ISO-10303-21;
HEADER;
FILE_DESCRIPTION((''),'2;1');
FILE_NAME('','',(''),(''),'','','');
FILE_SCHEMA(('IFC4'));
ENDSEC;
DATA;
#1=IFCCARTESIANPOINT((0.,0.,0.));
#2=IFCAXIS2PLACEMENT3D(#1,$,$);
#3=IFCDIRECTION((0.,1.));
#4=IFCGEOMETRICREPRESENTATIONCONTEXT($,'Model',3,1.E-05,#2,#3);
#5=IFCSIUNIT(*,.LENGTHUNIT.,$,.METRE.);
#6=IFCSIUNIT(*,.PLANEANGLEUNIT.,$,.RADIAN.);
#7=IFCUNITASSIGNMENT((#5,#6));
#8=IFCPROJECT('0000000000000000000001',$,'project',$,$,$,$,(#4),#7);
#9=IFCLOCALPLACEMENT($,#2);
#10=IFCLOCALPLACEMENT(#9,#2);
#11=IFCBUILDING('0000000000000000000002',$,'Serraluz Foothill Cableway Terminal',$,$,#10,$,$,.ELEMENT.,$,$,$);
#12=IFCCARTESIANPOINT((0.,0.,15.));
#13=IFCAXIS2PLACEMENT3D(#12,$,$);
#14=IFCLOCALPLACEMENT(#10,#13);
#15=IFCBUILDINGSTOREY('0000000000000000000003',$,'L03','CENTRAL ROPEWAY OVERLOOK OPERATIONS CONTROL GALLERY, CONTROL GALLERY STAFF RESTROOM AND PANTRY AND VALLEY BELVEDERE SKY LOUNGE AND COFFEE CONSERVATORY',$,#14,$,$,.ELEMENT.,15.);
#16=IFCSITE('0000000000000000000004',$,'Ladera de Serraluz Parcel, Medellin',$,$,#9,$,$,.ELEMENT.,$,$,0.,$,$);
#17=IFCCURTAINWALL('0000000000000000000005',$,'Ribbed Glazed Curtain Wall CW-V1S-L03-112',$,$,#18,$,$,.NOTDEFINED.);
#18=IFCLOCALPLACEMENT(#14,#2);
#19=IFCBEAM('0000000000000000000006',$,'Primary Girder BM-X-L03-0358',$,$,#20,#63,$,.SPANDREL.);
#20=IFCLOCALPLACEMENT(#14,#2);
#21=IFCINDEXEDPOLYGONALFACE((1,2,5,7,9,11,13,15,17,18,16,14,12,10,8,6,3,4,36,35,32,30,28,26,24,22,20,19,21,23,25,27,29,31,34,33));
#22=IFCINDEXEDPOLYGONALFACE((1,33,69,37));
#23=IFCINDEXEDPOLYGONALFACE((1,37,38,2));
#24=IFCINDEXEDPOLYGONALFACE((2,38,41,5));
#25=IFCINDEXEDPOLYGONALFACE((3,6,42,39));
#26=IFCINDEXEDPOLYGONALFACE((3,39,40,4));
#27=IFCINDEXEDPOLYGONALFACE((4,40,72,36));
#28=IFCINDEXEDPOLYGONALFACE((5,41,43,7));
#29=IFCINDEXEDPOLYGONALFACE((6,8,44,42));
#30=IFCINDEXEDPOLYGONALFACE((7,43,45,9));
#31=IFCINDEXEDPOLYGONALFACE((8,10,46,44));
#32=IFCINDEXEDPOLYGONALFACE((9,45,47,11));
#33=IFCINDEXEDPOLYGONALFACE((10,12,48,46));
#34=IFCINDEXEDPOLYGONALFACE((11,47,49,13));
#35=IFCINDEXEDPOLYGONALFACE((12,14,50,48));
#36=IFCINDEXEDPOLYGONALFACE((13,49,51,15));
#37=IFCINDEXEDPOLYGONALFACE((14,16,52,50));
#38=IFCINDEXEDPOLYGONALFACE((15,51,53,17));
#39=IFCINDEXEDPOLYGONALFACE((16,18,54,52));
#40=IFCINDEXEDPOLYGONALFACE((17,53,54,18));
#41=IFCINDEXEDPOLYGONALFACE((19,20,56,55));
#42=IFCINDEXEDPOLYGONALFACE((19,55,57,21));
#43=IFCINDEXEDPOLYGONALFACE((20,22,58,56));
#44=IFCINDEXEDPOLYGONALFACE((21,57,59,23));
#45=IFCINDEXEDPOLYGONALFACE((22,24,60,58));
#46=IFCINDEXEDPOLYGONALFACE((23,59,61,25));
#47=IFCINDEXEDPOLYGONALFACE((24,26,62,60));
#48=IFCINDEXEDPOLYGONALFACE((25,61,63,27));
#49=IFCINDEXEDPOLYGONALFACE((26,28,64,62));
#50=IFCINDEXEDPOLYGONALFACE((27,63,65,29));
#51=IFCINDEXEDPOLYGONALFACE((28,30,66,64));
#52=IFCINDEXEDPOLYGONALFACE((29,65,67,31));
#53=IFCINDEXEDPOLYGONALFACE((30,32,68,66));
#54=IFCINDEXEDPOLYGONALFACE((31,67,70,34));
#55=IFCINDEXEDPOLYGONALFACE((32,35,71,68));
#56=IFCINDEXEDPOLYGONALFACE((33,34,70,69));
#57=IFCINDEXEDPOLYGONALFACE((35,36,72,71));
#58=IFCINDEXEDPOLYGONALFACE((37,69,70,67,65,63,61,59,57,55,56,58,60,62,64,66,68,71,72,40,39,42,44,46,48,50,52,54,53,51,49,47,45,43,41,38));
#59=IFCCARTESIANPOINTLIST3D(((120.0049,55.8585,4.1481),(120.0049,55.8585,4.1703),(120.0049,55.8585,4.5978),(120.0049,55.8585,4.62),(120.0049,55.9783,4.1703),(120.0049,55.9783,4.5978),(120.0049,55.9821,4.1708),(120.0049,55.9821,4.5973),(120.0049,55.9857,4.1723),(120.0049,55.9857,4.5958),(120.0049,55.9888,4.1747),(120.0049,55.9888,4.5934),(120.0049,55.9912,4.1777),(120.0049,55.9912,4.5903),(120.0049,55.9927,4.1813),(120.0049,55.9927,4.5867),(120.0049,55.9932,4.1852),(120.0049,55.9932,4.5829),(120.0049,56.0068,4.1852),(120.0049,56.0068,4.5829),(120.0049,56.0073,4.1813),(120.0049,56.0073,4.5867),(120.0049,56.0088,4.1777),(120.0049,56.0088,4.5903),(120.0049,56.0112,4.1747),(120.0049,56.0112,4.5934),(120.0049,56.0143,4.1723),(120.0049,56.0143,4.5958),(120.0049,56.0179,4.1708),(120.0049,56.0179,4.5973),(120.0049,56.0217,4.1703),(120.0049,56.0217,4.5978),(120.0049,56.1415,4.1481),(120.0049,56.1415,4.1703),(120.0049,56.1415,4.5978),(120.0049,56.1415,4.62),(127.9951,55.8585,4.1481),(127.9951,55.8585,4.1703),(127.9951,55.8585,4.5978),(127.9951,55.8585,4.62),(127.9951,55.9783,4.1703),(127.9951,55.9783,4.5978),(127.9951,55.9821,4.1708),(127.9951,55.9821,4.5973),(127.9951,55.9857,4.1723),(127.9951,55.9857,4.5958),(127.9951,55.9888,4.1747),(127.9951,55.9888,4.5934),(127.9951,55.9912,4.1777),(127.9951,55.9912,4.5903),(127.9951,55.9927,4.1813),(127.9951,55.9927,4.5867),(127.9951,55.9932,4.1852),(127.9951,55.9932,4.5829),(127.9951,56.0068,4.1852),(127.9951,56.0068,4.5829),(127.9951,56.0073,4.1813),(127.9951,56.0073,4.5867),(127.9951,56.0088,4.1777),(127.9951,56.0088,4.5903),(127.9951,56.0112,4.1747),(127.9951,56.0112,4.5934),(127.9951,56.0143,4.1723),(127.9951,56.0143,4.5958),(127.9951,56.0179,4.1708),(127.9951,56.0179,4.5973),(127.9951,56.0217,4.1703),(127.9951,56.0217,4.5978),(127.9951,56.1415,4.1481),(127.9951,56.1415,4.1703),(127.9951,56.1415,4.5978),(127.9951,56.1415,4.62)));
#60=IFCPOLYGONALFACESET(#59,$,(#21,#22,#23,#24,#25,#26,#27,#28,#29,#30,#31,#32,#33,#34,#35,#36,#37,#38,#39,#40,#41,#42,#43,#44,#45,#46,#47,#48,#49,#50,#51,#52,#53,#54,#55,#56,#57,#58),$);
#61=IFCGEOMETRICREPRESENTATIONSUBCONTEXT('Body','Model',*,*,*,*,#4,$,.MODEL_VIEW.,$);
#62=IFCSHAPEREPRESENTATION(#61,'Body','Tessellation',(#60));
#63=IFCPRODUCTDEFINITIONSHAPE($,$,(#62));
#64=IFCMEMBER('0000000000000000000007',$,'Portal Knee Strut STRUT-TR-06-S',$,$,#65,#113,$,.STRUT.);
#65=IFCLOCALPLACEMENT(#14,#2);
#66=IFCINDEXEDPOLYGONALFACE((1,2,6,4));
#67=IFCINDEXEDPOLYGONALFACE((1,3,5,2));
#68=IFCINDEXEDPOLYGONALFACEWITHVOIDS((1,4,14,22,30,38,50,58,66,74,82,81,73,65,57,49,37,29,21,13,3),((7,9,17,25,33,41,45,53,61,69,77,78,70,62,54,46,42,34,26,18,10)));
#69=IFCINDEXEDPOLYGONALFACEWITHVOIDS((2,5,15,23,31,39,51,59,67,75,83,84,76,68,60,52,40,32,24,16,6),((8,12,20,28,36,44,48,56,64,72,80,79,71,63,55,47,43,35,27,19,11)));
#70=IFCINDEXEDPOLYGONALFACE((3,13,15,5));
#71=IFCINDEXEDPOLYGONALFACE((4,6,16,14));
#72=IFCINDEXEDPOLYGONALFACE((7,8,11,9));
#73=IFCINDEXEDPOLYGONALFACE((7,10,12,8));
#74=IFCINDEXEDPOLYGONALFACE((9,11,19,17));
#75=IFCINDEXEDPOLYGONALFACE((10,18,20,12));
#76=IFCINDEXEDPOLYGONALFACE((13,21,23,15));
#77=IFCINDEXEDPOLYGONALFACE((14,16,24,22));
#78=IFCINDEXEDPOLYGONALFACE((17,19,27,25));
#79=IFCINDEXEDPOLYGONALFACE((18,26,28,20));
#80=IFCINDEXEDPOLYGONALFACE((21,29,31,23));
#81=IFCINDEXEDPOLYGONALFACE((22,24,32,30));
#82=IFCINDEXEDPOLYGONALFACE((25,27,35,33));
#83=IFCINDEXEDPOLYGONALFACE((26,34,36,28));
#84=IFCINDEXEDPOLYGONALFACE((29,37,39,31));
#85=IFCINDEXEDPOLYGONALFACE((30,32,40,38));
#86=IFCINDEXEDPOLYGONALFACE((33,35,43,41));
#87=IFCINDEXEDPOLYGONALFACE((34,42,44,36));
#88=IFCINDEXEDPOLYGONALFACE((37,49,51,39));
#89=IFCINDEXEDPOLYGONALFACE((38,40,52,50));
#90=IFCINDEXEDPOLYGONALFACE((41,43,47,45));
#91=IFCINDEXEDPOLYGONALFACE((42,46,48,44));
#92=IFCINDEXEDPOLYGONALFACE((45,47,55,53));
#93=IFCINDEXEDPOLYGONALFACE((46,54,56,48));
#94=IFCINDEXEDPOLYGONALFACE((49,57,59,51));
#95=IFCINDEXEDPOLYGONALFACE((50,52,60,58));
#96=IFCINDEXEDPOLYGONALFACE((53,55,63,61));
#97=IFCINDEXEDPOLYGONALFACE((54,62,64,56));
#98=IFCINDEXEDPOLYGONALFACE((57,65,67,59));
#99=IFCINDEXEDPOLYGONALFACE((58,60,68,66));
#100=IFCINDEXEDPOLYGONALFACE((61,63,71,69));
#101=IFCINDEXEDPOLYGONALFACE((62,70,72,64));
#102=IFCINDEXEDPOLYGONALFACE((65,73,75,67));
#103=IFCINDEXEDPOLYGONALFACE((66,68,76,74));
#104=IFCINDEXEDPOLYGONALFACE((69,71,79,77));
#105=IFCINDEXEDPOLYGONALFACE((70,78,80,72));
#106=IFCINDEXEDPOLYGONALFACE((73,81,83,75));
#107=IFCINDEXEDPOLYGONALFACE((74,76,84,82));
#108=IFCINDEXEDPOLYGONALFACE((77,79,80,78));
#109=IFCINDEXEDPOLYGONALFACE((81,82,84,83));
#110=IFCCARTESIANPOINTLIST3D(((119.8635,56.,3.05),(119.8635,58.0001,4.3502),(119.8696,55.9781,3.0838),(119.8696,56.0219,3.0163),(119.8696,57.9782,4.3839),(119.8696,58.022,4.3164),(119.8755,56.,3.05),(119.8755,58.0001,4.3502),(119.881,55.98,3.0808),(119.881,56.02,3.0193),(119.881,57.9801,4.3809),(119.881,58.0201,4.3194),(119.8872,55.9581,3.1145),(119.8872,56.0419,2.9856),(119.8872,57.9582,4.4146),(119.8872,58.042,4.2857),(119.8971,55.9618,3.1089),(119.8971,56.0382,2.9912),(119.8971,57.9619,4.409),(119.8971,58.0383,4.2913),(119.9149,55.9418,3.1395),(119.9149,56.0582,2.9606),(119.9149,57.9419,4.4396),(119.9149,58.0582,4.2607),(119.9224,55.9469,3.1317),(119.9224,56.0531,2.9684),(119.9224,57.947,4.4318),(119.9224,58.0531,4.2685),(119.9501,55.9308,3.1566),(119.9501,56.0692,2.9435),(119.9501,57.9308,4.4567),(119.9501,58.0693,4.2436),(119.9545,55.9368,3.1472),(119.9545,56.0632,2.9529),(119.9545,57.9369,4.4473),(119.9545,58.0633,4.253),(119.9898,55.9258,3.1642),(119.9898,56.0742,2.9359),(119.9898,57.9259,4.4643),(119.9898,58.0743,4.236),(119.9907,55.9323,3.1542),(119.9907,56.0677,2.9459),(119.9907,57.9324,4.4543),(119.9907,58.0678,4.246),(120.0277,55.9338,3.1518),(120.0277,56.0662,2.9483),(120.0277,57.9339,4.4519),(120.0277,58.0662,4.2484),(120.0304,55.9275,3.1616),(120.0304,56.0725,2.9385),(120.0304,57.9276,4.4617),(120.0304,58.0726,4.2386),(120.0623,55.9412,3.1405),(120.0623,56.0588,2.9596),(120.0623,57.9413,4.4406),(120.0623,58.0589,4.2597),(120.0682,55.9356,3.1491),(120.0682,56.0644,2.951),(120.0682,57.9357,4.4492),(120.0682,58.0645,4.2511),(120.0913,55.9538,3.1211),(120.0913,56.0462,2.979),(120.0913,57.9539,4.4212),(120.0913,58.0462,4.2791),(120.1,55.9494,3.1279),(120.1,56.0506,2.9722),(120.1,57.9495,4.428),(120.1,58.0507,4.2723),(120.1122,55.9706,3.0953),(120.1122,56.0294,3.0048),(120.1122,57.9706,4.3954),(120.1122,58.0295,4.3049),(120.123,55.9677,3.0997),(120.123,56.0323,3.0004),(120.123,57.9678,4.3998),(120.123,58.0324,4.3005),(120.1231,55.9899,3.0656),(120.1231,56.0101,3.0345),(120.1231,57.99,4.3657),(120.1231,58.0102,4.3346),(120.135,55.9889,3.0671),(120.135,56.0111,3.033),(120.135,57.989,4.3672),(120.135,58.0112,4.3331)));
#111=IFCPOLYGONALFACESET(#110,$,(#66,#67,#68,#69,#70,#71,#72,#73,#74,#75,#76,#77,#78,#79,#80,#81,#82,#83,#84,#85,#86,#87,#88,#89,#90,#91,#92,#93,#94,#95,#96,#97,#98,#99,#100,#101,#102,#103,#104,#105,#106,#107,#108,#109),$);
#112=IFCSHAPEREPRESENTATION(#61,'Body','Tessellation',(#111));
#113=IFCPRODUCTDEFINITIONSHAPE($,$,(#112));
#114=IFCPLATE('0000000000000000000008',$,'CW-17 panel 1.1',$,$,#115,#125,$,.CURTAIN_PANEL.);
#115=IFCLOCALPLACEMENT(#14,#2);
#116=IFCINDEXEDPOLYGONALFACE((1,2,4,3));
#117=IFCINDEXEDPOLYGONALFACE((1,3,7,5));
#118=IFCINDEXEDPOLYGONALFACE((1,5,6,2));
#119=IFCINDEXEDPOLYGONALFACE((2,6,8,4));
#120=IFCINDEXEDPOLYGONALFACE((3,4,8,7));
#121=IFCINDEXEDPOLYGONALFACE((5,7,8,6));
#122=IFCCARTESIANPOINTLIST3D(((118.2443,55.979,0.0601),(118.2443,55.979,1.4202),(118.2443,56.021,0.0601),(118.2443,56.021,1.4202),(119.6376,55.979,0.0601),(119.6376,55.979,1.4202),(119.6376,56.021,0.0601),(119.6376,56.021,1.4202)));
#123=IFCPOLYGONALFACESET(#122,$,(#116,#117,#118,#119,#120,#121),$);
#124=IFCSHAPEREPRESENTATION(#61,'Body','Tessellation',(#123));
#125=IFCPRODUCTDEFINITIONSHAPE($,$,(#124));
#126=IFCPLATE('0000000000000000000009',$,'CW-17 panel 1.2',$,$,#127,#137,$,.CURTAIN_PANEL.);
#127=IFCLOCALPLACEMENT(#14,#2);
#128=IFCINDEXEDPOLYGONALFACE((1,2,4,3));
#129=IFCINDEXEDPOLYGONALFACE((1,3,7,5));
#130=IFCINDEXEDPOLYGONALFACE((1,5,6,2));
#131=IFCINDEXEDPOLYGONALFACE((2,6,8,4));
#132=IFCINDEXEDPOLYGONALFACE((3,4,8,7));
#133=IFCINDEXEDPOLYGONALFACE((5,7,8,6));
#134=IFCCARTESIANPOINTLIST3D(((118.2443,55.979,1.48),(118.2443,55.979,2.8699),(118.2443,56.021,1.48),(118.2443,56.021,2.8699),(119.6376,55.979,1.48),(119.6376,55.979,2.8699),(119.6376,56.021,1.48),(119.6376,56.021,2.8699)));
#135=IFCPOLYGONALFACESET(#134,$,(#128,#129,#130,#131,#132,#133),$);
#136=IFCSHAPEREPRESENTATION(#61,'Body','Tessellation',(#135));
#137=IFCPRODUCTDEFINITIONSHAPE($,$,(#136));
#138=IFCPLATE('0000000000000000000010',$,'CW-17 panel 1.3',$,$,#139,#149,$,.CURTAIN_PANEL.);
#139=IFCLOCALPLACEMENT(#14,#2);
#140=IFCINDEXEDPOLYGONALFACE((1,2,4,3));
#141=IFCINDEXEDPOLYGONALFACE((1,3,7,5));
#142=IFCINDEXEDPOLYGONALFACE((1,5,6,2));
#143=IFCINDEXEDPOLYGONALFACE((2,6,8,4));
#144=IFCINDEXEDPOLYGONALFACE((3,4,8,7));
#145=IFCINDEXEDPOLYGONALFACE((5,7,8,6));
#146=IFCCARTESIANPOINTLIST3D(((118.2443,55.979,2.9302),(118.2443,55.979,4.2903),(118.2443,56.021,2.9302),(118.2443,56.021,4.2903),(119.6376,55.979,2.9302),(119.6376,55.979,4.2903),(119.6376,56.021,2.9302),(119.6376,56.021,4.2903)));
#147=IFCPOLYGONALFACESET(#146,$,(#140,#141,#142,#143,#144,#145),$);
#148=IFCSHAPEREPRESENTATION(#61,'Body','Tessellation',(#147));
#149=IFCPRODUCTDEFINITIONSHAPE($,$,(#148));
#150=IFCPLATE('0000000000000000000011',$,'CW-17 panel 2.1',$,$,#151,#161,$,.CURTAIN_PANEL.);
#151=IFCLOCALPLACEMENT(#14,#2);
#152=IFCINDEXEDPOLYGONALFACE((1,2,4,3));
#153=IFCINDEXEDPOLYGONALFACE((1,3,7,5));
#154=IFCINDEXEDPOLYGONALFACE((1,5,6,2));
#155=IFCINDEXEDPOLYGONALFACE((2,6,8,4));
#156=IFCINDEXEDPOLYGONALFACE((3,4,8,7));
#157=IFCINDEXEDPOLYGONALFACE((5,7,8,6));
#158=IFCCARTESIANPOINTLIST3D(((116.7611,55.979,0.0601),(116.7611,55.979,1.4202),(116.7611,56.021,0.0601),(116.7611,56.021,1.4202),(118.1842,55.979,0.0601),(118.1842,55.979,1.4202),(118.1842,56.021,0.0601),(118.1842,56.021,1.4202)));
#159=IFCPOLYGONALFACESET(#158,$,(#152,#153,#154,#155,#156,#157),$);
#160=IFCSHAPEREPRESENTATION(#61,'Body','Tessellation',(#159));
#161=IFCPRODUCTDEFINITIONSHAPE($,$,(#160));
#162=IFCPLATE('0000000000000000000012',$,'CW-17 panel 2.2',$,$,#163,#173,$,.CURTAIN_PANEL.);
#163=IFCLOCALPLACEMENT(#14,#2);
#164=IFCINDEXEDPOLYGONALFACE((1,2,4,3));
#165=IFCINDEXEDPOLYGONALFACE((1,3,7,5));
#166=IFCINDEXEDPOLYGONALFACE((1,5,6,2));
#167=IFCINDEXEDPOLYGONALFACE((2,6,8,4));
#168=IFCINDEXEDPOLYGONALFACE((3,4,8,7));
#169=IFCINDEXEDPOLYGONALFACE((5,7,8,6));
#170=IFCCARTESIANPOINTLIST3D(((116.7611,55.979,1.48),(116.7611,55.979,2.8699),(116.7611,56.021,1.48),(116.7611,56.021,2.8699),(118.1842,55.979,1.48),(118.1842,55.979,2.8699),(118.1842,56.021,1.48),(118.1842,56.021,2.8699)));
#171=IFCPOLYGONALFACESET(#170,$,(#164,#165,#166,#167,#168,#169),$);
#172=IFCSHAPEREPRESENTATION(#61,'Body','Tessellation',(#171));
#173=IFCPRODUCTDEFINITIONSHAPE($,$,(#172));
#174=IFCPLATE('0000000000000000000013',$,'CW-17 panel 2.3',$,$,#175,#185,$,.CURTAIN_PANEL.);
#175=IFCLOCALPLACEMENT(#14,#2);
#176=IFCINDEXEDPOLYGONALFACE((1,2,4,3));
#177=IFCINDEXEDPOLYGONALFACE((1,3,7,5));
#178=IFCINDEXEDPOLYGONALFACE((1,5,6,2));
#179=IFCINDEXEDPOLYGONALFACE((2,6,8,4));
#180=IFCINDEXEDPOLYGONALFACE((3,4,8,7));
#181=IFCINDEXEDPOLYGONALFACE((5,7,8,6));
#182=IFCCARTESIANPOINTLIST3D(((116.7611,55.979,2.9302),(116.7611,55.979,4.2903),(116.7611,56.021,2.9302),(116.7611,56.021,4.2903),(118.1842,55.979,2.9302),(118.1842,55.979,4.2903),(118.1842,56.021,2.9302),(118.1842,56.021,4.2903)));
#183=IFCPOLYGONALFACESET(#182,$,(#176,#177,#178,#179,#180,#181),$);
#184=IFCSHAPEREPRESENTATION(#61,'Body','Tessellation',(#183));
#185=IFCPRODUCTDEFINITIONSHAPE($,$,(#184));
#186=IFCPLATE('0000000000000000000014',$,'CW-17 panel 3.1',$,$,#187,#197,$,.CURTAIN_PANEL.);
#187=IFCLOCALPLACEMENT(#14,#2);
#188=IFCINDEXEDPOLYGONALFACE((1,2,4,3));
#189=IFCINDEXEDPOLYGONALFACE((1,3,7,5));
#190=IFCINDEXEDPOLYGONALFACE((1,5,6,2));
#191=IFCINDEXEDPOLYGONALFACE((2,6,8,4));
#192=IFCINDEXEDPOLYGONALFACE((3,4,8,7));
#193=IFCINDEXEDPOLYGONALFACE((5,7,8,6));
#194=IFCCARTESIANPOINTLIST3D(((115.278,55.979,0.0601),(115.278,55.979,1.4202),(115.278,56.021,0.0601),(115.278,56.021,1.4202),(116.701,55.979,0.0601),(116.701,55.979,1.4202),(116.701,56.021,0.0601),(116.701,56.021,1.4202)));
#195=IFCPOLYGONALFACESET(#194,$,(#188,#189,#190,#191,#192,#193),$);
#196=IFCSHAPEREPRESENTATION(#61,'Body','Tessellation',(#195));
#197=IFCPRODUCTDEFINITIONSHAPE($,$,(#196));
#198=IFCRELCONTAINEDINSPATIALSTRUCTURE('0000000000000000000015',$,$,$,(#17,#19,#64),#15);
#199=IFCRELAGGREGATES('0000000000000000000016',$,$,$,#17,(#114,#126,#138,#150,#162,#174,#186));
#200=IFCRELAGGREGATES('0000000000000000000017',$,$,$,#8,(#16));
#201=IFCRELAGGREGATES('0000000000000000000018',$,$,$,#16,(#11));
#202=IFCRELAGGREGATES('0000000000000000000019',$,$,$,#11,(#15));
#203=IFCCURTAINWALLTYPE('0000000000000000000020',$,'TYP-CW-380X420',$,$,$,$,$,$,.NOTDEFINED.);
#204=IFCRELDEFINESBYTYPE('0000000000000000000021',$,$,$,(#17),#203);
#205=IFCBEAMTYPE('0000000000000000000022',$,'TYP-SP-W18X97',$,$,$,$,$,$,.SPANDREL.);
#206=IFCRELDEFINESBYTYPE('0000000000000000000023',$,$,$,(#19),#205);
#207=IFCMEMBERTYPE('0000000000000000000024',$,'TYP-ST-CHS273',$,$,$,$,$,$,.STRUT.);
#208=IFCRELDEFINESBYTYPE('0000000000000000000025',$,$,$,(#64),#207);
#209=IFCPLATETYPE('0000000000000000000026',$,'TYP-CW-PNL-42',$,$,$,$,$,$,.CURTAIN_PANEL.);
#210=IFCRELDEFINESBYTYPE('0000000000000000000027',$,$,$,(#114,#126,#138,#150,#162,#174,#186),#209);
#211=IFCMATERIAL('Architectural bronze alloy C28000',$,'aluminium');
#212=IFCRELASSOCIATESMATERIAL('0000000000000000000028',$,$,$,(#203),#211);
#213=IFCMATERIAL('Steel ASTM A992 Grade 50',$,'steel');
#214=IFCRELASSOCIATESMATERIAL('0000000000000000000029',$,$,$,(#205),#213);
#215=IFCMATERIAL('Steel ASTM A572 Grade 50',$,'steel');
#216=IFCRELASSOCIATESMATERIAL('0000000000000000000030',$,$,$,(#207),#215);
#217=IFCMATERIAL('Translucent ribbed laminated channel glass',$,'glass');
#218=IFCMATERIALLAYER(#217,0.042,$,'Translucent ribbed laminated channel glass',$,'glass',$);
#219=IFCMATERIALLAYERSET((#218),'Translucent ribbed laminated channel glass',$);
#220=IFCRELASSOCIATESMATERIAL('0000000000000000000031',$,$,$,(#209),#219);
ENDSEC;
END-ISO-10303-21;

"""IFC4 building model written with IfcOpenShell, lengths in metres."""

from ifc_helpers import new_model, si_unit, direction, frame, origin, origin_2d, place, context, subcontext, project, spatial, rectangle, hollow_circle, i_section, extrude, material, layer, layer_set, material_profile, profile_set, type_object, element, aggregate, save


model = new_model("IFC4")

# Units and contexts
model_context = context("Model", 3, precision=1e-05, world=origin(), true_north=direction((0.0, 1.0)))
body_context = subcontext(model_context, "Body", "Model", "MODEL_VIEW")
ifc_project = project(units=[si_unit("LENGTHUNIT", "METRE"), si_unit("PLANEANGLEUNIT", "RADIAN")], contexts=[model_context])

# Site, building, storey
site_placement = place(None, origin())
site = spatial("IfcSite", under=ifc_project, at=site_placement, Name="Ladera de Serraluz Parcel, Medellin", CompositionType="ELEMENT", RefElevation=0.0)
building_placement = place(site_placement, origin())
building = spatial("IfcBuilding", under=site, at=building_placement, Name="Serraluz Foothill Cableway Terminal", CompositionType="ELEMENT")
storey_placement = place(building_placement, frame((0.0, 0.0, 15.0)))
storey = spatial("IfcBuildingStorey", under=building, at=storey_placement, Name="L03", Description="CENTRAL ROPEWAY OVERLOOK OPERATIONS CONTROL GALLERY, CONTROL GALLERY STAFF RESTROOM AND PANTRY AND VALLEY BELVEDERE SKY LOUNGE AND COFFEE CONSERVATORY", CompositionType="ELEMENT", Elevation=15.0)

# Shared definitions
ifc_material_1 = material(Name="Steel ASTM A992 Grade 50", Category="steel")

# Curtain wall
ifc_material_2 = material(Name="Architectural bronze alloy C28000", Category="aluminium")
curtain_wall_type_1 = type_object("IfcCurtainWallType", Name="TYP-CW-380X420", PredefinedType="NOTDEFINED", material=ifc_material_2)
curtain_wall_1_placement = place(storey_placement, origin())
curtain_wall_1 = element("IfcCurtainWall", 1, at=curtain_wall_1_placement, inside=storey, type_object=curtain_wall_type_1, Name="Ribbed Glazed Curtain Wall CW-V1S-L03-112", PredefinedType="NOTDEFINED")

# Beam
ifc_material_profile_1 = material_profile(ifc_material_1, i_section(OverallWidth=0.283, OverallDepth=0.4719, WebThickness=0.0137, FlangeThickness=0.0222, FilletRadius=0.0149, at=origin_2d()), Name="W18X97")
ifc_profile_set_1 = profile_set([ifc_material_profile_1], Name="Steel ASTM A992 Grade 50")
beam_type_1 = type_object("IfcBeamType", Name="TYP-SP-W18X97", PredefinedType="SPANDREL", material=ifc_profile_set_1)
beam_1_placement = place(storey_placement, frame((120.0049, 56.0, 4.384), z_axis=(1.0, 0.0, 0.0), x_axis=(0.0, 1.0, 0.0)))
element("IfcBeam", 2, at=beam_1_placement, inside=storey, type_object=beam_type_1, Name="Primary Girder BM-X-L03-0358", PredefinedType="SPANDREL", context=body_context, shape_type="SweptSolid", body=[
    extrude(i_section(OverallWidth=0.283, OverallDepth=0.4719, WebThickness=0.0137, FlangeThickness=0.0222, FilletRadius=0.0149, at=origin_2d()), origin(), (0.0, 0.0, 1.0), 7.9902),
])

# Member
ifc_material_3 = material(Name="Steel ASTM A572 Grade 50", Category="steel")
ifc_material_profile_2 = material_profile(ifc_material_3, hollow_circle(Radius=0.1365, WallThickness=0.012, at=origin_2d()), Name="CHS273X12")
ifc_profile_set_2 = profile_set([ifc_material_profile_2], Name="Steel ASTM A572 Grade 50")
member_type_1 = type_object("IfcMemberType", Name="TYP-ST-CHS273", PredefinedType="STRUT", material=ifc_profile_set_2)
member_1_placement = place(storey_placement, frame((120.0, 56.0, 3.05), z_axis=(0.0, 0.838434, 0.545003), x_axis=(-1.0, 0.0, 0.0)))
element("IfcMember", 3, at=member_1_placement, inside=storey, type_object=member_type_1, Name="Portal Knee Strut STRUT-TR-06-S", PredefinedType="STRUT", context=body_context, shape_type="SweptSolid", body=[
    extrude(hollow_circle(Radius=0.1365, WallThickness=0.012, at=origin_2d()), origin(), (0.0, 0.0, 1.0), 2.3855),
])

# Plates
ifc_material_4 = material(Name="Translucent ribbed laminated channel glass", Category="glass")
ifc_layer_1 = layer(ifc_material_4, 0.042, Name="Translucent ribbed laminated channel glass", Category="glass")
ifc_layer_set_1 = layer_set([ifc_layer_1], Name="Translucent ribbed laminated channel glass")
plate_type_1 = type_object("IfcPlateType", Name="TYP-CW-PNL-42", PredefinedType="CURTAIN_PANEL", material=ifc_layer_set_1)
plate_1_placement = place(storey_placement, frame((118.9409, 56.0, 0.0601), z_axis=(0.0, 0.0, 1.0), x_axis=(-1.0, 0.0, 0.0)))
plate_1 = element("IfcPlate", 4, at=plate_1_placement, type_object=plate_type_1, Name="CW-17 panel 1.1", PredefinedType="CURTAIN_PANEL", context=body_context, shape_type="SweptSolid", body=[
    extrude(rectangle(XDim=1.3933, YDim=0.042, at=origin_2d()), origin(), (0.0, 0.0, 1.0), 1.3601),
])
plate_2_placement = place(storey_placement, frame((118.9409, 56.0, 1.48), z_axis=(0.0, 0.0, 1.0), x_axis=(-1.0, 0.0, 0.0)))
plate_2 = element("IfcPlate", 5, at=plate_2_placement, type_object=plate_type_1, Name="CW-17 panel 1.2", PredefinedType="CURTAIN_PANEL", context=body_context, shape_type="SweptSolid", body=[
    extrude(rectangle(XDim=1.3933, YDim=0.042, at=origin_2d()), origin(), (0.0, 0.0, 1.0), 1.3899),
])
plate_3_placement = place(storey_placement, frame((118.9409, 56.0, 2.9302), z_axis=(0.0, 0.0, 1.0), x_axis=(-1.0, 0.0, 0.0)))
plate_3 = element("IfcPlate", 6, at=plate_3_placement, type_object=plate_type_1, Name="CW-17 panel 1.3", PredefinedType="CURTAIN_PANEL", context=body_context, shape_type="SweptSolid", body=[
    extrude(rectangle(XDim=1.3933, YDim=0.042, at=origin_2d()), origin(), (0.0, 0.0, 1.0), 1.3601),
])
plate_4_placement = place(storey_placement, frame((117.4727, 56.0, 0.0601), z_axis=(0.0, 0.0, 1.0), x_axis=(-1.0, 0.0, 0.0)))
plate_4 = element("IfcPlate", 7, at=plate_4_placement, type_object=plate_type_1, Name="CW-17 panel 2.1", PredefinedType="CURTAIN_PANEL", context=body_context, shape_type="SweptSolid", body=[
    extrude(rectangle(XDim=1.4231, YDim=0.042, at=origin_2d()), origin(), (0.0, 0.0, 1.0), 1.3601),
])
plate_5_placement = place(storey_placement, frame((117.4727, 56.0, 1.48), z_axis=(0.0, 0.0, 1.0), x_axis=(-1.0, 0.0, 0.0)))
plate_5 = element("IfcPlate", 8, at=plate_5_placement, type_object=plate_type_1, Name="CW-17 panel 2.2", PredefinedType="CURTAIN_PANEL", context=body_context, shape_type="SweptSolid", body=[
    extrude(rectangle(XDim=1.4231, YDim=0.042, at=origin_2d()), origin(), (0.0, 0.0, 1.0), 1.3899),
])
plate_6_placement = place(storey_placement, frame((117.4727, 56.0, 2.9302), z_axis=(0.0, 0.0, 1.0), x_axis=(-1.0, 0.0, 0.0)))
plate_6 = element("IfcPlate", 9, at=plate_6_placement, type_object=plate_type_1, Name="CW-17 panel 2.3", PredefinedType="CURTAIN_PANEL", context=body_context, shape_type="SweptSolid", body=[
    extrude(rectangle(XDim=1.4231, YDim=0.042, at=origin_2d()), origin(), (0.0, 0.0, 1.0), 1.3601),
])
plate_7_placement = place(storey_placement, frame((115.9895, 56.0, 0.0601), z_axis=(0.0, 0.0, 1.0), x_axis=(-1.0, 0.0, 0.0)))
plate_7 = element("IfcPlate", 10, at=plate_7_placement, type_object=plate_type_1, Name="CW-17 panel 3.1", PredefinedType="CURTAIN_PANEL", context=body_context, shape_type="SweptSolid", body=[
    extrude(rectangle(XDim=1.4231, YDim=0.042, at=origin_2d()), origin(), (0.0, 0.0, 1.0), 1.3601),
])
aggregate(curtain_wall_1, [plate_1, plate_2, plate_3, plate_4, plate_5, plate_6, plate_7])

save(model, "model.ifc")
